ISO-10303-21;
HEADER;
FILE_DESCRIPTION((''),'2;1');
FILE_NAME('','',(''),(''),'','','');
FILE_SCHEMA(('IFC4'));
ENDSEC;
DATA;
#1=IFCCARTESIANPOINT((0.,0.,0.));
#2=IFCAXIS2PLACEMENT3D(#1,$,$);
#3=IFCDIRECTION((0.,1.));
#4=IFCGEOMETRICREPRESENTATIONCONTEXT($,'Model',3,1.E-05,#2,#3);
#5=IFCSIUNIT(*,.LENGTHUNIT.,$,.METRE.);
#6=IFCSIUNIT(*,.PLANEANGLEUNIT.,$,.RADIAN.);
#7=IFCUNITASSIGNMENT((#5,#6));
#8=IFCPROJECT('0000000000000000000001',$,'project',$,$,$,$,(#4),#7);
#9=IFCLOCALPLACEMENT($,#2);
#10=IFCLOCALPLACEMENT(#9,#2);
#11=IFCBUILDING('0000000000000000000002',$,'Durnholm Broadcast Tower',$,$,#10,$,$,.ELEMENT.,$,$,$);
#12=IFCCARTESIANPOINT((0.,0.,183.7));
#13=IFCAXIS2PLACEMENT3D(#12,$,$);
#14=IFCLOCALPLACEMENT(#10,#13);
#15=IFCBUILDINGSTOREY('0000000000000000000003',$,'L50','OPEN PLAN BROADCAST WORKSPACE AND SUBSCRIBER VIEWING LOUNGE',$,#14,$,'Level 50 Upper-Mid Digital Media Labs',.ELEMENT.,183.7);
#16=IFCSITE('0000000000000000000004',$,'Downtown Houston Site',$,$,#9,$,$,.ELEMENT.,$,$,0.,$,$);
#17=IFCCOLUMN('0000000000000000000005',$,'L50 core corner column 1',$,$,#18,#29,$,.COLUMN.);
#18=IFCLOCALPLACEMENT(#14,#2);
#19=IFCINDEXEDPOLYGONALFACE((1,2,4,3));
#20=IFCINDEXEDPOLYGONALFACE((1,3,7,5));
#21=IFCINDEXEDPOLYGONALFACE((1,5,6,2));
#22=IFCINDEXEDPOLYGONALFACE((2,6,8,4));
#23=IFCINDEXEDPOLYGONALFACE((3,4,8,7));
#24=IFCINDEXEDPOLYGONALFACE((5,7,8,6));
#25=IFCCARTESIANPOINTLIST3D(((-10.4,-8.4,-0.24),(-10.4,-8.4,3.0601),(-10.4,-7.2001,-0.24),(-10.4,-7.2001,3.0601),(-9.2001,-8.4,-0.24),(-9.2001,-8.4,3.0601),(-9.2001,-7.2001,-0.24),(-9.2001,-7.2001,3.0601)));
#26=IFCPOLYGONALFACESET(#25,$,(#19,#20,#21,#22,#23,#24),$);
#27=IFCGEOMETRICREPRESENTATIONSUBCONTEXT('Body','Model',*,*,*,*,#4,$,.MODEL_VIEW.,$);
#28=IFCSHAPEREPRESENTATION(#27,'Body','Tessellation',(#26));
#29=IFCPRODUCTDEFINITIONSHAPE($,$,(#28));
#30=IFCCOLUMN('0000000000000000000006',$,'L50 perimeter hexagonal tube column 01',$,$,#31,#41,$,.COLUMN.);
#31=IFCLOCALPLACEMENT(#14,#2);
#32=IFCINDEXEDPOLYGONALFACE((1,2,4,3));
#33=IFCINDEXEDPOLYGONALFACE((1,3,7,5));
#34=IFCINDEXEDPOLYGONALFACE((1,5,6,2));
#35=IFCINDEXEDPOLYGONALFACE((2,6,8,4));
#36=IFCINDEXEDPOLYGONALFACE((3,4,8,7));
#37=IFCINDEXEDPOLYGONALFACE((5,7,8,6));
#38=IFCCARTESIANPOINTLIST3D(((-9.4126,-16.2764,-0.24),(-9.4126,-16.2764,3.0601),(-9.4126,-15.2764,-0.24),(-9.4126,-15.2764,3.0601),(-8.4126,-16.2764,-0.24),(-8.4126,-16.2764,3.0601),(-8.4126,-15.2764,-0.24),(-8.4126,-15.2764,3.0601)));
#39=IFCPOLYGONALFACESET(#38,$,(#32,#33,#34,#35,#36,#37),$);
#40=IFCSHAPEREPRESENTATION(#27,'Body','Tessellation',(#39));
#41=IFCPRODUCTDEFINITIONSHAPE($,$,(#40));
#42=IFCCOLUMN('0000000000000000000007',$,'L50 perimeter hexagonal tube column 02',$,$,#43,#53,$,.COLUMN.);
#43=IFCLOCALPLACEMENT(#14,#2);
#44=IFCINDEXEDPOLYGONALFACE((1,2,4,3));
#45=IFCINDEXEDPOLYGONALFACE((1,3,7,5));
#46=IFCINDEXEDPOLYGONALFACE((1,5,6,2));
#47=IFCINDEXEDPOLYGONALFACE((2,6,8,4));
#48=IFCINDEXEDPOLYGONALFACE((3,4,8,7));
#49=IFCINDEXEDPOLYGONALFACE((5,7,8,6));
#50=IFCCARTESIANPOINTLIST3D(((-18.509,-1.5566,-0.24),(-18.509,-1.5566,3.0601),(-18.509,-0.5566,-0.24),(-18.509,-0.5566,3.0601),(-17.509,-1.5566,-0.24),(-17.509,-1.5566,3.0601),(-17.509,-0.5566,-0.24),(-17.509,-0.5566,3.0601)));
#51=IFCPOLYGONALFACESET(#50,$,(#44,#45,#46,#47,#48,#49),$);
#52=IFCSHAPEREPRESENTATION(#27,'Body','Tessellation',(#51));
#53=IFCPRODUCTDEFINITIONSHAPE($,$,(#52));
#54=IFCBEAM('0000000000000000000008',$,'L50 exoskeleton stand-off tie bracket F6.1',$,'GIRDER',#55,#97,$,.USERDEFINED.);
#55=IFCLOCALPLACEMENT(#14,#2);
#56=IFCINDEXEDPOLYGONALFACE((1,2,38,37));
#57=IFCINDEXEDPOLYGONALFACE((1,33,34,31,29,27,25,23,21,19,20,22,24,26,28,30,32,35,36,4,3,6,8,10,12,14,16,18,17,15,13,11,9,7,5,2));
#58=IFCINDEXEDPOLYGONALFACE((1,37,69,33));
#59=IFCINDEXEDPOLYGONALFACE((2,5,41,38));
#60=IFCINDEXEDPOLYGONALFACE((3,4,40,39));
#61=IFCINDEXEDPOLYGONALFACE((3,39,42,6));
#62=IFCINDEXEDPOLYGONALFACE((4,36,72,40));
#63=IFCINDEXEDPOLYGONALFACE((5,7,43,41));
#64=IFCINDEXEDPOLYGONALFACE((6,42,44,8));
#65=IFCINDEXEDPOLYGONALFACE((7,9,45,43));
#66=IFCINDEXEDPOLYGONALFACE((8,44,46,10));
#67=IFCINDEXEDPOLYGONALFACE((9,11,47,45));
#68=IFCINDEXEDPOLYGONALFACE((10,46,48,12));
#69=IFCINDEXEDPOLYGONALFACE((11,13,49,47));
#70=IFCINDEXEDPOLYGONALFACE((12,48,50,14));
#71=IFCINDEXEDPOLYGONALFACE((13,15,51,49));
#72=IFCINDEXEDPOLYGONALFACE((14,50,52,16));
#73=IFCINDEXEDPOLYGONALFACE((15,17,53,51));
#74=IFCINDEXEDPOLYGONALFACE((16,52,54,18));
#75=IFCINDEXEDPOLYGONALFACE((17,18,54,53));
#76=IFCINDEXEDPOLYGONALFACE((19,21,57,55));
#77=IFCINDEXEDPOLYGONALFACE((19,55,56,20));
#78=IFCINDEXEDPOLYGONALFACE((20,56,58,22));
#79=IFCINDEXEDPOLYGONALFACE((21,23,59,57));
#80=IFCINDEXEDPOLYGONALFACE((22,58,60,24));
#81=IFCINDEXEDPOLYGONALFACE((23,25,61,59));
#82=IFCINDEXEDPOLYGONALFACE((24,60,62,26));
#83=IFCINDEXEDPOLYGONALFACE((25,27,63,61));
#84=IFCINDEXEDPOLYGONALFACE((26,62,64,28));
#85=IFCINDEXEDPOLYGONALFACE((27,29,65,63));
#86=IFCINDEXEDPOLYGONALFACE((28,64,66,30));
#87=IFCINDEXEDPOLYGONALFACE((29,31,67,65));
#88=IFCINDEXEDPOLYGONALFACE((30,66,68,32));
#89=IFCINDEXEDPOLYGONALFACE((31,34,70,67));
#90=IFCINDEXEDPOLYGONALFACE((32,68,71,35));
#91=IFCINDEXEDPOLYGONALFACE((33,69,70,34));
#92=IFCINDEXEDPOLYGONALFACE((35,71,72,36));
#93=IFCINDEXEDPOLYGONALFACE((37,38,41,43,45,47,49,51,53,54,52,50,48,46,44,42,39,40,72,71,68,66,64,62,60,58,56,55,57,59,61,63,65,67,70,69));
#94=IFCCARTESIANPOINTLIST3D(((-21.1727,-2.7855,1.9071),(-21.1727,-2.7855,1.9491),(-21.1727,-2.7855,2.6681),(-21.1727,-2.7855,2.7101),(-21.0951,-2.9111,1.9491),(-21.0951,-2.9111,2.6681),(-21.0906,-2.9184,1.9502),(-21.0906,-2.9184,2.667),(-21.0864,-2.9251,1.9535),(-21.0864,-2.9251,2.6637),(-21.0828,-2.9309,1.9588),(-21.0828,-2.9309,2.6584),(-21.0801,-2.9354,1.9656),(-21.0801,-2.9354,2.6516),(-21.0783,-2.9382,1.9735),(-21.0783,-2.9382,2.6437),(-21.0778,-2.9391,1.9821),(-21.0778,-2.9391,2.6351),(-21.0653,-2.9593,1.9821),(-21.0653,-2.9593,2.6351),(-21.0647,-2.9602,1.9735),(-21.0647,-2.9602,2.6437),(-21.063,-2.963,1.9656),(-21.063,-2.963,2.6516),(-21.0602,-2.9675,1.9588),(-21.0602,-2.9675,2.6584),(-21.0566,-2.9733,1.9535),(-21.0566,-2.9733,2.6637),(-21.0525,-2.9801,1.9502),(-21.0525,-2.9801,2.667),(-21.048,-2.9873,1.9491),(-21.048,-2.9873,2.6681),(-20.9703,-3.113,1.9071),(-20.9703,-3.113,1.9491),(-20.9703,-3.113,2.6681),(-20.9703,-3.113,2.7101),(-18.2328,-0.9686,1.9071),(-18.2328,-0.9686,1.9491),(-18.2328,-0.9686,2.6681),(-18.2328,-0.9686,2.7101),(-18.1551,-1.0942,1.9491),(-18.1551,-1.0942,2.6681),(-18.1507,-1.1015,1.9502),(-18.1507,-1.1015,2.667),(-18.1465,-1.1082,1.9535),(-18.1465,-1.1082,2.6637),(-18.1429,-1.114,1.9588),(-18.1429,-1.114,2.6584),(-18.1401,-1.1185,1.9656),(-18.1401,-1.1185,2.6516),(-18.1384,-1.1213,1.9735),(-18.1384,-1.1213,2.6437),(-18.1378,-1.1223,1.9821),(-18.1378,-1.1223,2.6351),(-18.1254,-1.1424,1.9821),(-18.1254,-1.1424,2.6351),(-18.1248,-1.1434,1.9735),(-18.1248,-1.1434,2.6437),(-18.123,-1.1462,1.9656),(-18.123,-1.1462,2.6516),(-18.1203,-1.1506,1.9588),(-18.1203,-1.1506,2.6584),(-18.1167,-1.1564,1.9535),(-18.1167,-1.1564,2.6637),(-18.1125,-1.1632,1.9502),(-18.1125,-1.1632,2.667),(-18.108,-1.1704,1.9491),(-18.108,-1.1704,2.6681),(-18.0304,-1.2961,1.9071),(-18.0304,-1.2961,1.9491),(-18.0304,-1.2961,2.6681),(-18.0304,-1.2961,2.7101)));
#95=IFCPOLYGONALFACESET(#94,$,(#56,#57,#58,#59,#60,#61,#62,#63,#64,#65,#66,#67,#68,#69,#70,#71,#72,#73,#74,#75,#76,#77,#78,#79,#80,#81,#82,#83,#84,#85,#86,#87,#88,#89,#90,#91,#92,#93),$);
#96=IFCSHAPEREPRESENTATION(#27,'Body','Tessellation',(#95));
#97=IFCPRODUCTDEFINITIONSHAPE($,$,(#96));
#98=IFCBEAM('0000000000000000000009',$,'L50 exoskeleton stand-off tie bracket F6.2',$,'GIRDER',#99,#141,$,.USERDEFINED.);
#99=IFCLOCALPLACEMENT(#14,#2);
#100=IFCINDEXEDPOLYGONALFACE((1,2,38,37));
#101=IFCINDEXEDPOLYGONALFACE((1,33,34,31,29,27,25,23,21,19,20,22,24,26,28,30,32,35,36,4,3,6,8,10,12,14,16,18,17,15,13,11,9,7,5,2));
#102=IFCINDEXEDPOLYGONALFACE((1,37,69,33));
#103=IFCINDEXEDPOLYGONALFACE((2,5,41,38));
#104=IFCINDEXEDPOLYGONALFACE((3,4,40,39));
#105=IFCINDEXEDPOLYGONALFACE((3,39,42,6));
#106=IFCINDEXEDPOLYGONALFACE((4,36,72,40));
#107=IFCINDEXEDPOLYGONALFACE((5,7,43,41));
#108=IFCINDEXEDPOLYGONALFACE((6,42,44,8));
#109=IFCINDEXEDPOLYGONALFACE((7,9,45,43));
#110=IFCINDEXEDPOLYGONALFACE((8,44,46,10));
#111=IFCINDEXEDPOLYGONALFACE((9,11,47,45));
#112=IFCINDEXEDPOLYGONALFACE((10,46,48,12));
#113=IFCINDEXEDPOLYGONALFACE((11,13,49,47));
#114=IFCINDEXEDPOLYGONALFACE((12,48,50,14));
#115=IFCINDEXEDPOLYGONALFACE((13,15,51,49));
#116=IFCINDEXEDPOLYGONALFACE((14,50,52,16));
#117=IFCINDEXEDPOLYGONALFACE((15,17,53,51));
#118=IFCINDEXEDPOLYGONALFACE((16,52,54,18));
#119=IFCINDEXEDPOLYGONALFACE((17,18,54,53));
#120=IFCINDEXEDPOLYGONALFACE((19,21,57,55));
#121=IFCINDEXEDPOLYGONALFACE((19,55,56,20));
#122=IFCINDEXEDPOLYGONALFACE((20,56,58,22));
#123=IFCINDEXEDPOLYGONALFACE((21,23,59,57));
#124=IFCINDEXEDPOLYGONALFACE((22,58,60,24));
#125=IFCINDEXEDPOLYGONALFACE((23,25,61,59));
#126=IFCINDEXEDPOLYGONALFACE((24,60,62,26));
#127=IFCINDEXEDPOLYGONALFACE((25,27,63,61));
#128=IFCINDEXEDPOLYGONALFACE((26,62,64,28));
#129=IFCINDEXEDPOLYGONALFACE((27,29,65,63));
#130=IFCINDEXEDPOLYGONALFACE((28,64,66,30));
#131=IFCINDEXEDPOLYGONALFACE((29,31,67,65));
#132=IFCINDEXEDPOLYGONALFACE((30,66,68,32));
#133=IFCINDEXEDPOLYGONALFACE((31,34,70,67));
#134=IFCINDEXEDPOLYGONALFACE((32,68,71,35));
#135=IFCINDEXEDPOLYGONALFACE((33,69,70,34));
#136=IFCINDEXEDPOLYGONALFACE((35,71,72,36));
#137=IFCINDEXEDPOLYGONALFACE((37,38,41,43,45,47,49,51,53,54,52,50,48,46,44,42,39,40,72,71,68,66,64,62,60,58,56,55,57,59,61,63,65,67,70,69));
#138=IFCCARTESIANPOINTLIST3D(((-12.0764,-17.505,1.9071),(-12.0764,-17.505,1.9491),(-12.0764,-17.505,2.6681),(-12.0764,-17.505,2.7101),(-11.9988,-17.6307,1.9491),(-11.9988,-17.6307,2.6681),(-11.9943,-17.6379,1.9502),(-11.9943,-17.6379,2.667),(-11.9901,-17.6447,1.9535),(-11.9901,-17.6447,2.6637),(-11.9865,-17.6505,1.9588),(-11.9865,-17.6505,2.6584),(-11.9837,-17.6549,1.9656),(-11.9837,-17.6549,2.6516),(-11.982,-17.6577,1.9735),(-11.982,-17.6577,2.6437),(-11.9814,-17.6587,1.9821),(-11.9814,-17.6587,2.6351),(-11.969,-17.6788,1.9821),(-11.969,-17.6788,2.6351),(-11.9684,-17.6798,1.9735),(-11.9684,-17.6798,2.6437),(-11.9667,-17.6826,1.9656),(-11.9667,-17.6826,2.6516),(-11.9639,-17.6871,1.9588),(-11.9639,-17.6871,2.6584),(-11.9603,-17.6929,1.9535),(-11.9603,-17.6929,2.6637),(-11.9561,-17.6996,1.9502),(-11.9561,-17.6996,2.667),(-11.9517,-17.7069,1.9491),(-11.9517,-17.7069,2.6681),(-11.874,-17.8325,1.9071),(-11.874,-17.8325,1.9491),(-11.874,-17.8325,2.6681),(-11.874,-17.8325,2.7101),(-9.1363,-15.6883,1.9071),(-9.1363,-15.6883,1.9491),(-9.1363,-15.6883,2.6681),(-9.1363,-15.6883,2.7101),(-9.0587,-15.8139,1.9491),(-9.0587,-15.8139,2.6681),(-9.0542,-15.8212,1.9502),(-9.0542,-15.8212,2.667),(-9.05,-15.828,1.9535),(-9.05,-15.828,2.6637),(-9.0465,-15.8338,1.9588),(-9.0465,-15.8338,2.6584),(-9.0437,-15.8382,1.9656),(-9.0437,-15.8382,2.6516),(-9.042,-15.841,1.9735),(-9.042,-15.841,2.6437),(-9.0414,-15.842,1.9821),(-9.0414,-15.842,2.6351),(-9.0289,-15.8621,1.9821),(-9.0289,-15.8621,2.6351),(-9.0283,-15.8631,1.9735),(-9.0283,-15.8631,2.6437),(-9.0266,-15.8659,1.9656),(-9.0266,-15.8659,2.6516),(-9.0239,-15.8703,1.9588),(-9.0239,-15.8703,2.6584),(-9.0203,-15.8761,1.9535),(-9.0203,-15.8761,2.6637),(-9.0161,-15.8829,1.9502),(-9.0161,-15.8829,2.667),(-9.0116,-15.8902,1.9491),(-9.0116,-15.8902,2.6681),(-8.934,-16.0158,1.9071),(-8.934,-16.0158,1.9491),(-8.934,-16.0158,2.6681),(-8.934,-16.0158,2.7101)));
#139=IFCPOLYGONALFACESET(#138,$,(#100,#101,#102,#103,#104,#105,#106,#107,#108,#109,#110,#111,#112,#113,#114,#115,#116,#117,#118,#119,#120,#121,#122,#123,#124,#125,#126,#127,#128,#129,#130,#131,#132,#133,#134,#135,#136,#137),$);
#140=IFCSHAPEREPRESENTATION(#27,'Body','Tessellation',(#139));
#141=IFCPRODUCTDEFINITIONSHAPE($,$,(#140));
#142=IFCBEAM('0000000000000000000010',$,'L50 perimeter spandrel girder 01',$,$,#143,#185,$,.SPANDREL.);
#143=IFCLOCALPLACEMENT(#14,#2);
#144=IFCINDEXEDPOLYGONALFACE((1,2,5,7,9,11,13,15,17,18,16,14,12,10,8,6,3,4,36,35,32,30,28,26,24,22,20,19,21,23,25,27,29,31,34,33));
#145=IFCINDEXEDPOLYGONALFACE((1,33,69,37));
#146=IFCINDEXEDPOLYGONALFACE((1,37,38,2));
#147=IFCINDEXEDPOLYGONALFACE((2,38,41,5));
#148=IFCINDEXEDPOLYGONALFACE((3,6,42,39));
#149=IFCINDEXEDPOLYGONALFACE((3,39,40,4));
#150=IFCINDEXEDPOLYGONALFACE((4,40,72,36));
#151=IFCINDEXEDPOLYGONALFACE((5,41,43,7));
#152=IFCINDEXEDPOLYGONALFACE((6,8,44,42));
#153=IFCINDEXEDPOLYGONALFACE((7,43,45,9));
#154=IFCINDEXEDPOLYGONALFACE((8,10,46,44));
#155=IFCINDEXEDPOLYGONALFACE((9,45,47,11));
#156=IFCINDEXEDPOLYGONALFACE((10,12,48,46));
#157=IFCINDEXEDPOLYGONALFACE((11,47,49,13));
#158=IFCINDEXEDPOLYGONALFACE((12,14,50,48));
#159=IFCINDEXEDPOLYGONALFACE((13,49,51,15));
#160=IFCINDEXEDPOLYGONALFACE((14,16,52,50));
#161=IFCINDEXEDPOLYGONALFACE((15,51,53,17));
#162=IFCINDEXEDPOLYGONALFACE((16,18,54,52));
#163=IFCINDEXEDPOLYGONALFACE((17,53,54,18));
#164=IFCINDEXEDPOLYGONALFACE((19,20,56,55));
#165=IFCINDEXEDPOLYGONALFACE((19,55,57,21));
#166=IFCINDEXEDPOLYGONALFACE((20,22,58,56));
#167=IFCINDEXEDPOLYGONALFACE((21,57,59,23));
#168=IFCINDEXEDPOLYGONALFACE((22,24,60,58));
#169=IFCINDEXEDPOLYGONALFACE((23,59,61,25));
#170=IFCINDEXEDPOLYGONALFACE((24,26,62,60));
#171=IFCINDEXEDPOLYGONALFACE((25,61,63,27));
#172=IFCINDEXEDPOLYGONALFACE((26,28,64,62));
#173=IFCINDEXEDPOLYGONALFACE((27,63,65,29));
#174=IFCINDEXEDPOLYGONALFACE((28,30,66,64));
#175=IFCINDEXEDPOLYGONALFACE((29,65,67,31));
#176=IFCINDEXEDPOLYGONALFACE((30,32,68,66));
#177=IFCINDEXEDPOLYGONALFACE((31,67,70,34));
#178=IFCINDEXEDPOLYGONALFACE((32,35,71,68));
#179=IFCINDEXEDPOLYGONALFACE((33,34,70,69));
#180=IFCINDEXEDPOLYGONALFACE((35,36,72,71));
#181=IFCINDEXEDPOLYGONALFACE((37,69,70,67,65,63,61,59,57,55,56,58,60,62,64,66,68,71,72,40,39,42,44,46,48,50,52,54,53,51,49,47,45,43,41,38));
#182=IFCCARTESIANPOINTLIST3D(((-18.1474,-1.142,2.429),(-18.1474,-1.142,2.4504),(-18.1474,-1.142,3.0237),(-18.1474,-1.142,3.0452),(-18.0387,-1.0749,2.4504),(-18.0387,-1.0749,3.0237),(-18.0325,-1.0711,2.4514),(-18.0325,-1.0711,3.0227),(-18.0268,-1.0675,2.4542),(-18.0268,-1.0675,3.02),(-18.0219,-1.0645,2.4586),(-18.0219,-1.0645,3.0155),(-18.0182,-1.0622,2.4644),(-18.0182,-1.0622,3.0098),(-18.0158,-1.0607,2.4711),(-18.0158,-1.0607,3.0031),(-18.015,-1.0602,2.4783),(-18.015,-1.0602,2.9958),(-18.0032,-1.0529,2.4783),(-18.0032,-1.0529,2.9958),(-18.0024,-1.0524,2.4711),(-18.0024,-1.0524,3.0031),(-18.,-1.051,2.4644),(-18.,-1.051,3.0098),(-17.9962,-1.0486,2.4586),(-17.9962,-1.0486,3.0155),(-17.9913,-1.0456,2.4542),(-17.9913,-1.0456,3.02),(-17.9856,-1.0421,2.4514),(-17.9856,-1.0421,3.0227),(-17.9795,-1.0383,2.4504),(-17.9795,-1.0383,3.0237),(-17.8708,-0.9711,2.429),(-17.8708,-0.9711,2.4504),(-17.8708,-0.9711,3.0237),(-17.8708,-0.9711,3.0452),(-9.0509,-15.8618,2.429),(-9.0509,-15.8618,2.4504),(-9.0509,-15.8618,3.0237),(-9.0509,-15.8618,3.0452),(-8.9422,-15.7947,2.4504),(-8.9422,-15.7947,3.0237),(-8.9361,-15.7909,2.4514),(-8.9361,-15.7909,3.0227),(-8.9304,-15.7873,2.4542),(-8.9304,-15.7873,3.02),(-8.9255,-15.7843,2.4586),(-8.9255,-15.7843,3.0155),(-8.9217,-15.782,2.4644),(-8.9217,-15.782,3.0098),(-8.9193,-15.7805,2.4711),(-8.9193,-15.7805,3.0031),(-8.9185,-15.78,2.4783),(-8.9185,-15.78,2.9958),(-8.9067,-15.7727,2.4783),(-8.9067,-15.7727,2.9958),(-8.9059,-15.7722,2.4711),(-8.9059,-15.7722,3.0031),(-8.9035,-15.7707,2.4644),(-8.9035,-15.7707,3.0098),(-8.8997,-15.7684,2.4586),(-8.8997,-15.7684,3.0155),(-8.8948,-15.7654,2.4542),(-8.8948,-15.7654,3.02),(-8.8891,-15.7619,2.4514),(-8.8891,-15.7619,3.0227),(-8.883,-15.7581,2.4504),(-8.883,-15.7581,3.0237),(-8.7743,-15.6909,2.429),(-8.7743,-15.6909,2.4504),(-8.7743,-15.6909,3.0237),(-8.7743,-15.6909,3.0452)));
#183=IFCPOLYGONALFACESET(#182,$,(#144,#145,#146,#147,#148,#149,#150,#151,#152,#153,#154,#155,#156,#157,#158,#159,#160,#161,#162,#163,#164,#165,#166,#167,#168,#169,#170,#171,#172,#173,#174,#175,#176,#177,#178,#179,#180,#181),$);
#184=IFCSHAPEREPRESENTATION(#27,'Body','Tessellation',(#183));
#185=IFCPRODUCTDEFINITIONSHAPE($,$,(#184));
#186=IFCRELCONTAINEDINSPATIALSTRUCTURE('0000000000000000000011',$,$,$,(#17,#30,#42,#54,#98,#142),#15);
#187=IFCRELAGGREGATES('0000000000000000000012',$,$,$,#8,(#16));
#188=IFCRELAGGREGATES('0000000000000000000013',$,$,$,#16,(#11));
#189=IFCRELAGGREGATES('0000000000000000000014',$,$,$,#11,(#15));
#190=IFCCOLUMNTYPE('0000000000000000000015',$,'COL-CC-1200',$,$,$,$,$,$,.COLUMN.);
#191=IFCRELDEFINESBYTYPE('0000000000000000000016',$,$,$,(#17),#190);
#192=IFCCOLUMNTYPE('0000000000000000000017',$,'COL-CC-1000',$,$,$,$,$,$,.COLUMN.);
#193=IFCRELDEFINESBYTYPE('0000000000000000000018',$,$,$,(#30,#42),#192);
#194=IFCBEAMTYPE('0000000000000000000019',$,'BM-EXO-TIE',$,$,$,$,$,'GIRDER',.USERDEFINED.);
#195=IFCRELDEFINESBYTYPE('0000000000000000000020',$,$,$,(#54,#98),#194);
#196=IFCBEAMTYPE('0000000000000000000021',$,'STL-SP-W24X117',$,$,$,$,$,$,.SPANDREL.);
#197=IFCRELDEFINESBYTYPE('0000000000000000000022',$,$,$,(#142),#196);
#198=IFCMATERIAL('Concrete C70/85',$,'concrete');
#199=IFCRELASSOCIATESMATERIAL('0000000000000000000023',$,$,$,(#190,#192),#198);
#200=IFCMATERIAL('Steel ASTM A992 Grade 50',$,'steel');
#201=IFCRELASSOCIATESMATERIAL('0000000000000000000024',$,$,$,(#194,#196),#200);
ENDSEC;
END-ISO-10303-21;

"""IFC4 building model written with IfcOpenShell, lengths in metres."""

from ifc_helpers import new_model, si_unit, direction, frame, origin, origin_2d, place, context, subcontext, project, spatial, rectangle, i_section, extrude, source, transform, mapped, material, material_profile, profile_set, type_object, type_shapes, element, save


model = new_model("IFC4")

# Units and contexts
model_context = context("Model", 3, precision=1e-05, world=origin(), true_north=direction((0.0, 1.0)))
body_context = subcontext(model_context, "Body", "Model", "MODEL_VIEW")
ifc_project = project(units=[si_unit("LENGTHUNIT", "METRE"), si_unit("PLANEANGLEUNIT", "RADIAN")], contexts=[model_context])

# Site, building, storey
site_placement = place(None, origin())
site = spatial("IfcSite", under=ifc_project, at=site_placement, Name="Downtown Houston Site", CompositionType="ELEMENT", RefElevation=0.0)
building_placement = place(site_placement, origin())
building = spatial("IfcBuilding", under=site, at=building_placement, Name="Durnholm Broadcast Tower", CompositionType="ELEMENT")
storey_placement = place(building_placement, frame((0.0, 0.0, 183.7)))
storey = spatial("IfcBuildingStorey", under=building, at=storey_placement, Name="L50", Description="OPEN PLAN BROADCAST WORKSPACE AND SUBSCRIBER VIEWING LOUNGE", LongName="Level 50 Upper-Mid Digital Media Labs", CompositionType="ELEMENT", Elevation=183.7)

# Columns
ifc_material_1 = material(Name="Concrete C70/85", Category="concrete")
ifc_material_profile_1 = material_profile(ifc_material_1, rectangle(XDim=1.2, YDim=1.2, at=origin_2d()), Name="RC1200X1200")
ifc_profile_set_1 = profile_set([ifc_material_profile_1], Name="Concrete C70/85")
column_type_1 = type_object("IfcColumnType", Name="COL-CC-1200", PredefinedType="COLUMN", material=ifc_profile_set_1)
shared_shape_1 = source(origin(), body_context, "Body", "SweptSolid", [
    extrude(rectangle(XDim=1.2, YDim=1.2, at=origin_2d()), origin(), (0.0, 0.0, 1.0), 3.3),
])
type_shapes(column_type_1, [shared_shape_1])
column_placement = place(storey_placement, frame((-9.8, -7.8, -0.24), z_axis=(0.0, 0.0, 1.0), x_axis=(1.0, 0.0, 0.0)))
element("IfcColumn", 1, at=column_placement, inside=storey, type_object=column_type_1, Name="L50 core corner column 1", PredefinedType="COLUMN", context=body_context, shape_type="MappedRepresentation", body=[
    mapped(shared_shape_1, transform((0.0, 0.0, 0.0), x_axis=(1.0, 0.0, 0.0), y_axis=(0.0, 1.0, 0.0), z_axis=(0.0, 0.0, 1.0), scale=1.0)),
])
ifc_material_profile_2 = material_profile(ifc_material_1, rectangle(XDim=1.0, YDim=1.0, at=origin_2d()), Name="RC1000X1000")
ifc_profile_set_2 = profile_set([ifc_material_profile_2], Name="Concrete C70/85")
column_type_2 = type_object("IfcColumnType", Name="COL-CC-1000", PredefinedType="COLUMN", material=ifc_profile_set_2)
shared_shape_2 = source(origin(), body_context, "Body", "SweptSolid", [
    extrude(rectangle(XDim=1.0, YDim=1.0, at=origin_2d()), origin(), (0.0, 0.0, 1.0), 3.3),
])
type_shapes(column_type_2, [shared_shape_2])
for number, where, z_axis, x_axis, name in (
    (2, (-8.9126, -15.7764, -0.24), (0.0, 0.0, 1.0), (1.0, 0.0, 0.0), "L50 perimeter hexagonal tube column 01"),
    (3, (-18.009, -1.0566, -0.24), (0.0, 0.0, 1.0), (1.0, 0.0, 0.0), "L50 perimeter hexagonal tube column 02"),
):
    element("IfcColumn", number, at=place(storey_placement, frame(where, z_axis=z_axis, x_axis=x_axis)), inside=storey, type_object=column_type_2, Name=name, PredefinedType="COLUMN", context=body_context, shape_type="MappedRepresentation", body=[
        mapped(shared_shape_2, transform((0.0, 0.0, 0.0), x_axis=(1.0, 0.0, 0.0), y_axis=(0.0, 1.0, 0.0), z_axis=(0.0, 0.0, 1.0), scale=1.0)),
    ])

# Beams
ifc_material_2 = material(Name="Steel ASTM A992 Grade 50", Category="steel")
ifc_material_profile_3 = material_profile(ifc_material_2, i_section(OverallWidth=0.385, OverallDepth=0.803, WebThickness=0.0237, FlangeThickness=0.042, FilletRadius=0.033, at=origin_2d()), Name="W30X261")
ifc_profile_set_3 = profile_set([ifc_material_profile_3], Name="Steel ASTM A992 Grade 50")
beam_type_1 = type_object("IfcBeamType", Name="BM-EXO-TIE", ElementType="GIRDER", PredefinedType="USERDEFINED", material=ifc_profile_set_3)
shared_shape_3 = source(origin(), body_context, "Body", "SweptSolid", [
    extrude(i_section(OverallWidth=0.385, OverallDepth=0.803, WebThickness=0.0237, FlangeThickness=0.042, FilletRadius=0.033, at=origin_2d()), origin(), (0.0, 0.0, 1.0), 3.4561),
])
for number, where, z_axis, x_axis, name in (
    (4, (-18.1316, -1.1323, 2.3086), (-0.850662, -0.525712, 0.0), (0.525712, -0.850662, 0.0), "L50 exoskeleton stand-off tie bracket F6.1"),
    (5, (-9.0352, -15.8521, 2.3086), (-0.850694, -0.525661, 0.0), (0.525661, -0.850694, 0.0), "L50 exoskeleton stand-off tie bracket F6.2"),
):
    element("IfcBeam", number, at=place(storey_placement, frame(where, z_axis=z_axis, x_axis=x_axis)), inside=storey, type_object=beam_type_1, Name=name, ObjectType="GIRDER", PredefinedType="USERDEFINED", context=body_context, shape_type="MappedRepresentation", body=[
        mapped(shared_shape_3, transform((0.0, 0.0, 0.0), x_axis=(1.0, 0.0, 0.0), y_axis=(0.0, 1.0, 0.0), z_axis=(0.0, 0.0, 1.0), scale=1.0)),
    ])
ifc_material_profile_4 = material_profile(ifc_material_2, i_section(OverallWidth=0.3252, OverallDepth=0.6162, WebThickness=0.0139, FlangeThickness=0.0215, FilletRadius=0.0278, at=origin_2d()), Name="W24X117")
ifc_profile_set_4 = profile_set([ifc_material_profile_4], Name="Steel ASTM A992 Grade 50")
beam_type_2 = type_object("IfcBeamType", Name="STL-SP-W24X117", PredefinedType="SPANDREL", material=ifc_profile_set_4)
shared_shape_4 = source(origin(), body_context, "Body", "SweptSolid", [
    extrude(i_section(OverallWidth=0.3252, OverallDepth=0.6162, WebThickness=0.0139, FlangeThickness=0.0215, FilletRadius=0.0278, at=origin_2d()), origin(), (0.0, 0.0, 1.0), 17.3037),
])
beam_1_placement = place(storey_placement, frame((-8.9126, -15.7764, 2.7371), z_axis=(-0.525695, 0.850673, 0.0), x_axis=(-0.850673, -0.525695, 0.0)))
element("IfcBeam", 6, at=beam_1_placement, inside=storey, type_object=beam_type_2, Name="L50 perimeter spandrel girder 01", PredefinedType="SPANDREL", context=body_context, shape_type="MappedRepresentation", body=[
    mapped(shared_shape_4, transform((0.0, 0.0, 0.0), x_axis=(1.0, 0.0, 0.0), y_axis=(0.0, 1.0, 0.0), z_axis=(0.0, 0.0, 1.0), scale=1.0)),
])

save(model, "model.ifc")
